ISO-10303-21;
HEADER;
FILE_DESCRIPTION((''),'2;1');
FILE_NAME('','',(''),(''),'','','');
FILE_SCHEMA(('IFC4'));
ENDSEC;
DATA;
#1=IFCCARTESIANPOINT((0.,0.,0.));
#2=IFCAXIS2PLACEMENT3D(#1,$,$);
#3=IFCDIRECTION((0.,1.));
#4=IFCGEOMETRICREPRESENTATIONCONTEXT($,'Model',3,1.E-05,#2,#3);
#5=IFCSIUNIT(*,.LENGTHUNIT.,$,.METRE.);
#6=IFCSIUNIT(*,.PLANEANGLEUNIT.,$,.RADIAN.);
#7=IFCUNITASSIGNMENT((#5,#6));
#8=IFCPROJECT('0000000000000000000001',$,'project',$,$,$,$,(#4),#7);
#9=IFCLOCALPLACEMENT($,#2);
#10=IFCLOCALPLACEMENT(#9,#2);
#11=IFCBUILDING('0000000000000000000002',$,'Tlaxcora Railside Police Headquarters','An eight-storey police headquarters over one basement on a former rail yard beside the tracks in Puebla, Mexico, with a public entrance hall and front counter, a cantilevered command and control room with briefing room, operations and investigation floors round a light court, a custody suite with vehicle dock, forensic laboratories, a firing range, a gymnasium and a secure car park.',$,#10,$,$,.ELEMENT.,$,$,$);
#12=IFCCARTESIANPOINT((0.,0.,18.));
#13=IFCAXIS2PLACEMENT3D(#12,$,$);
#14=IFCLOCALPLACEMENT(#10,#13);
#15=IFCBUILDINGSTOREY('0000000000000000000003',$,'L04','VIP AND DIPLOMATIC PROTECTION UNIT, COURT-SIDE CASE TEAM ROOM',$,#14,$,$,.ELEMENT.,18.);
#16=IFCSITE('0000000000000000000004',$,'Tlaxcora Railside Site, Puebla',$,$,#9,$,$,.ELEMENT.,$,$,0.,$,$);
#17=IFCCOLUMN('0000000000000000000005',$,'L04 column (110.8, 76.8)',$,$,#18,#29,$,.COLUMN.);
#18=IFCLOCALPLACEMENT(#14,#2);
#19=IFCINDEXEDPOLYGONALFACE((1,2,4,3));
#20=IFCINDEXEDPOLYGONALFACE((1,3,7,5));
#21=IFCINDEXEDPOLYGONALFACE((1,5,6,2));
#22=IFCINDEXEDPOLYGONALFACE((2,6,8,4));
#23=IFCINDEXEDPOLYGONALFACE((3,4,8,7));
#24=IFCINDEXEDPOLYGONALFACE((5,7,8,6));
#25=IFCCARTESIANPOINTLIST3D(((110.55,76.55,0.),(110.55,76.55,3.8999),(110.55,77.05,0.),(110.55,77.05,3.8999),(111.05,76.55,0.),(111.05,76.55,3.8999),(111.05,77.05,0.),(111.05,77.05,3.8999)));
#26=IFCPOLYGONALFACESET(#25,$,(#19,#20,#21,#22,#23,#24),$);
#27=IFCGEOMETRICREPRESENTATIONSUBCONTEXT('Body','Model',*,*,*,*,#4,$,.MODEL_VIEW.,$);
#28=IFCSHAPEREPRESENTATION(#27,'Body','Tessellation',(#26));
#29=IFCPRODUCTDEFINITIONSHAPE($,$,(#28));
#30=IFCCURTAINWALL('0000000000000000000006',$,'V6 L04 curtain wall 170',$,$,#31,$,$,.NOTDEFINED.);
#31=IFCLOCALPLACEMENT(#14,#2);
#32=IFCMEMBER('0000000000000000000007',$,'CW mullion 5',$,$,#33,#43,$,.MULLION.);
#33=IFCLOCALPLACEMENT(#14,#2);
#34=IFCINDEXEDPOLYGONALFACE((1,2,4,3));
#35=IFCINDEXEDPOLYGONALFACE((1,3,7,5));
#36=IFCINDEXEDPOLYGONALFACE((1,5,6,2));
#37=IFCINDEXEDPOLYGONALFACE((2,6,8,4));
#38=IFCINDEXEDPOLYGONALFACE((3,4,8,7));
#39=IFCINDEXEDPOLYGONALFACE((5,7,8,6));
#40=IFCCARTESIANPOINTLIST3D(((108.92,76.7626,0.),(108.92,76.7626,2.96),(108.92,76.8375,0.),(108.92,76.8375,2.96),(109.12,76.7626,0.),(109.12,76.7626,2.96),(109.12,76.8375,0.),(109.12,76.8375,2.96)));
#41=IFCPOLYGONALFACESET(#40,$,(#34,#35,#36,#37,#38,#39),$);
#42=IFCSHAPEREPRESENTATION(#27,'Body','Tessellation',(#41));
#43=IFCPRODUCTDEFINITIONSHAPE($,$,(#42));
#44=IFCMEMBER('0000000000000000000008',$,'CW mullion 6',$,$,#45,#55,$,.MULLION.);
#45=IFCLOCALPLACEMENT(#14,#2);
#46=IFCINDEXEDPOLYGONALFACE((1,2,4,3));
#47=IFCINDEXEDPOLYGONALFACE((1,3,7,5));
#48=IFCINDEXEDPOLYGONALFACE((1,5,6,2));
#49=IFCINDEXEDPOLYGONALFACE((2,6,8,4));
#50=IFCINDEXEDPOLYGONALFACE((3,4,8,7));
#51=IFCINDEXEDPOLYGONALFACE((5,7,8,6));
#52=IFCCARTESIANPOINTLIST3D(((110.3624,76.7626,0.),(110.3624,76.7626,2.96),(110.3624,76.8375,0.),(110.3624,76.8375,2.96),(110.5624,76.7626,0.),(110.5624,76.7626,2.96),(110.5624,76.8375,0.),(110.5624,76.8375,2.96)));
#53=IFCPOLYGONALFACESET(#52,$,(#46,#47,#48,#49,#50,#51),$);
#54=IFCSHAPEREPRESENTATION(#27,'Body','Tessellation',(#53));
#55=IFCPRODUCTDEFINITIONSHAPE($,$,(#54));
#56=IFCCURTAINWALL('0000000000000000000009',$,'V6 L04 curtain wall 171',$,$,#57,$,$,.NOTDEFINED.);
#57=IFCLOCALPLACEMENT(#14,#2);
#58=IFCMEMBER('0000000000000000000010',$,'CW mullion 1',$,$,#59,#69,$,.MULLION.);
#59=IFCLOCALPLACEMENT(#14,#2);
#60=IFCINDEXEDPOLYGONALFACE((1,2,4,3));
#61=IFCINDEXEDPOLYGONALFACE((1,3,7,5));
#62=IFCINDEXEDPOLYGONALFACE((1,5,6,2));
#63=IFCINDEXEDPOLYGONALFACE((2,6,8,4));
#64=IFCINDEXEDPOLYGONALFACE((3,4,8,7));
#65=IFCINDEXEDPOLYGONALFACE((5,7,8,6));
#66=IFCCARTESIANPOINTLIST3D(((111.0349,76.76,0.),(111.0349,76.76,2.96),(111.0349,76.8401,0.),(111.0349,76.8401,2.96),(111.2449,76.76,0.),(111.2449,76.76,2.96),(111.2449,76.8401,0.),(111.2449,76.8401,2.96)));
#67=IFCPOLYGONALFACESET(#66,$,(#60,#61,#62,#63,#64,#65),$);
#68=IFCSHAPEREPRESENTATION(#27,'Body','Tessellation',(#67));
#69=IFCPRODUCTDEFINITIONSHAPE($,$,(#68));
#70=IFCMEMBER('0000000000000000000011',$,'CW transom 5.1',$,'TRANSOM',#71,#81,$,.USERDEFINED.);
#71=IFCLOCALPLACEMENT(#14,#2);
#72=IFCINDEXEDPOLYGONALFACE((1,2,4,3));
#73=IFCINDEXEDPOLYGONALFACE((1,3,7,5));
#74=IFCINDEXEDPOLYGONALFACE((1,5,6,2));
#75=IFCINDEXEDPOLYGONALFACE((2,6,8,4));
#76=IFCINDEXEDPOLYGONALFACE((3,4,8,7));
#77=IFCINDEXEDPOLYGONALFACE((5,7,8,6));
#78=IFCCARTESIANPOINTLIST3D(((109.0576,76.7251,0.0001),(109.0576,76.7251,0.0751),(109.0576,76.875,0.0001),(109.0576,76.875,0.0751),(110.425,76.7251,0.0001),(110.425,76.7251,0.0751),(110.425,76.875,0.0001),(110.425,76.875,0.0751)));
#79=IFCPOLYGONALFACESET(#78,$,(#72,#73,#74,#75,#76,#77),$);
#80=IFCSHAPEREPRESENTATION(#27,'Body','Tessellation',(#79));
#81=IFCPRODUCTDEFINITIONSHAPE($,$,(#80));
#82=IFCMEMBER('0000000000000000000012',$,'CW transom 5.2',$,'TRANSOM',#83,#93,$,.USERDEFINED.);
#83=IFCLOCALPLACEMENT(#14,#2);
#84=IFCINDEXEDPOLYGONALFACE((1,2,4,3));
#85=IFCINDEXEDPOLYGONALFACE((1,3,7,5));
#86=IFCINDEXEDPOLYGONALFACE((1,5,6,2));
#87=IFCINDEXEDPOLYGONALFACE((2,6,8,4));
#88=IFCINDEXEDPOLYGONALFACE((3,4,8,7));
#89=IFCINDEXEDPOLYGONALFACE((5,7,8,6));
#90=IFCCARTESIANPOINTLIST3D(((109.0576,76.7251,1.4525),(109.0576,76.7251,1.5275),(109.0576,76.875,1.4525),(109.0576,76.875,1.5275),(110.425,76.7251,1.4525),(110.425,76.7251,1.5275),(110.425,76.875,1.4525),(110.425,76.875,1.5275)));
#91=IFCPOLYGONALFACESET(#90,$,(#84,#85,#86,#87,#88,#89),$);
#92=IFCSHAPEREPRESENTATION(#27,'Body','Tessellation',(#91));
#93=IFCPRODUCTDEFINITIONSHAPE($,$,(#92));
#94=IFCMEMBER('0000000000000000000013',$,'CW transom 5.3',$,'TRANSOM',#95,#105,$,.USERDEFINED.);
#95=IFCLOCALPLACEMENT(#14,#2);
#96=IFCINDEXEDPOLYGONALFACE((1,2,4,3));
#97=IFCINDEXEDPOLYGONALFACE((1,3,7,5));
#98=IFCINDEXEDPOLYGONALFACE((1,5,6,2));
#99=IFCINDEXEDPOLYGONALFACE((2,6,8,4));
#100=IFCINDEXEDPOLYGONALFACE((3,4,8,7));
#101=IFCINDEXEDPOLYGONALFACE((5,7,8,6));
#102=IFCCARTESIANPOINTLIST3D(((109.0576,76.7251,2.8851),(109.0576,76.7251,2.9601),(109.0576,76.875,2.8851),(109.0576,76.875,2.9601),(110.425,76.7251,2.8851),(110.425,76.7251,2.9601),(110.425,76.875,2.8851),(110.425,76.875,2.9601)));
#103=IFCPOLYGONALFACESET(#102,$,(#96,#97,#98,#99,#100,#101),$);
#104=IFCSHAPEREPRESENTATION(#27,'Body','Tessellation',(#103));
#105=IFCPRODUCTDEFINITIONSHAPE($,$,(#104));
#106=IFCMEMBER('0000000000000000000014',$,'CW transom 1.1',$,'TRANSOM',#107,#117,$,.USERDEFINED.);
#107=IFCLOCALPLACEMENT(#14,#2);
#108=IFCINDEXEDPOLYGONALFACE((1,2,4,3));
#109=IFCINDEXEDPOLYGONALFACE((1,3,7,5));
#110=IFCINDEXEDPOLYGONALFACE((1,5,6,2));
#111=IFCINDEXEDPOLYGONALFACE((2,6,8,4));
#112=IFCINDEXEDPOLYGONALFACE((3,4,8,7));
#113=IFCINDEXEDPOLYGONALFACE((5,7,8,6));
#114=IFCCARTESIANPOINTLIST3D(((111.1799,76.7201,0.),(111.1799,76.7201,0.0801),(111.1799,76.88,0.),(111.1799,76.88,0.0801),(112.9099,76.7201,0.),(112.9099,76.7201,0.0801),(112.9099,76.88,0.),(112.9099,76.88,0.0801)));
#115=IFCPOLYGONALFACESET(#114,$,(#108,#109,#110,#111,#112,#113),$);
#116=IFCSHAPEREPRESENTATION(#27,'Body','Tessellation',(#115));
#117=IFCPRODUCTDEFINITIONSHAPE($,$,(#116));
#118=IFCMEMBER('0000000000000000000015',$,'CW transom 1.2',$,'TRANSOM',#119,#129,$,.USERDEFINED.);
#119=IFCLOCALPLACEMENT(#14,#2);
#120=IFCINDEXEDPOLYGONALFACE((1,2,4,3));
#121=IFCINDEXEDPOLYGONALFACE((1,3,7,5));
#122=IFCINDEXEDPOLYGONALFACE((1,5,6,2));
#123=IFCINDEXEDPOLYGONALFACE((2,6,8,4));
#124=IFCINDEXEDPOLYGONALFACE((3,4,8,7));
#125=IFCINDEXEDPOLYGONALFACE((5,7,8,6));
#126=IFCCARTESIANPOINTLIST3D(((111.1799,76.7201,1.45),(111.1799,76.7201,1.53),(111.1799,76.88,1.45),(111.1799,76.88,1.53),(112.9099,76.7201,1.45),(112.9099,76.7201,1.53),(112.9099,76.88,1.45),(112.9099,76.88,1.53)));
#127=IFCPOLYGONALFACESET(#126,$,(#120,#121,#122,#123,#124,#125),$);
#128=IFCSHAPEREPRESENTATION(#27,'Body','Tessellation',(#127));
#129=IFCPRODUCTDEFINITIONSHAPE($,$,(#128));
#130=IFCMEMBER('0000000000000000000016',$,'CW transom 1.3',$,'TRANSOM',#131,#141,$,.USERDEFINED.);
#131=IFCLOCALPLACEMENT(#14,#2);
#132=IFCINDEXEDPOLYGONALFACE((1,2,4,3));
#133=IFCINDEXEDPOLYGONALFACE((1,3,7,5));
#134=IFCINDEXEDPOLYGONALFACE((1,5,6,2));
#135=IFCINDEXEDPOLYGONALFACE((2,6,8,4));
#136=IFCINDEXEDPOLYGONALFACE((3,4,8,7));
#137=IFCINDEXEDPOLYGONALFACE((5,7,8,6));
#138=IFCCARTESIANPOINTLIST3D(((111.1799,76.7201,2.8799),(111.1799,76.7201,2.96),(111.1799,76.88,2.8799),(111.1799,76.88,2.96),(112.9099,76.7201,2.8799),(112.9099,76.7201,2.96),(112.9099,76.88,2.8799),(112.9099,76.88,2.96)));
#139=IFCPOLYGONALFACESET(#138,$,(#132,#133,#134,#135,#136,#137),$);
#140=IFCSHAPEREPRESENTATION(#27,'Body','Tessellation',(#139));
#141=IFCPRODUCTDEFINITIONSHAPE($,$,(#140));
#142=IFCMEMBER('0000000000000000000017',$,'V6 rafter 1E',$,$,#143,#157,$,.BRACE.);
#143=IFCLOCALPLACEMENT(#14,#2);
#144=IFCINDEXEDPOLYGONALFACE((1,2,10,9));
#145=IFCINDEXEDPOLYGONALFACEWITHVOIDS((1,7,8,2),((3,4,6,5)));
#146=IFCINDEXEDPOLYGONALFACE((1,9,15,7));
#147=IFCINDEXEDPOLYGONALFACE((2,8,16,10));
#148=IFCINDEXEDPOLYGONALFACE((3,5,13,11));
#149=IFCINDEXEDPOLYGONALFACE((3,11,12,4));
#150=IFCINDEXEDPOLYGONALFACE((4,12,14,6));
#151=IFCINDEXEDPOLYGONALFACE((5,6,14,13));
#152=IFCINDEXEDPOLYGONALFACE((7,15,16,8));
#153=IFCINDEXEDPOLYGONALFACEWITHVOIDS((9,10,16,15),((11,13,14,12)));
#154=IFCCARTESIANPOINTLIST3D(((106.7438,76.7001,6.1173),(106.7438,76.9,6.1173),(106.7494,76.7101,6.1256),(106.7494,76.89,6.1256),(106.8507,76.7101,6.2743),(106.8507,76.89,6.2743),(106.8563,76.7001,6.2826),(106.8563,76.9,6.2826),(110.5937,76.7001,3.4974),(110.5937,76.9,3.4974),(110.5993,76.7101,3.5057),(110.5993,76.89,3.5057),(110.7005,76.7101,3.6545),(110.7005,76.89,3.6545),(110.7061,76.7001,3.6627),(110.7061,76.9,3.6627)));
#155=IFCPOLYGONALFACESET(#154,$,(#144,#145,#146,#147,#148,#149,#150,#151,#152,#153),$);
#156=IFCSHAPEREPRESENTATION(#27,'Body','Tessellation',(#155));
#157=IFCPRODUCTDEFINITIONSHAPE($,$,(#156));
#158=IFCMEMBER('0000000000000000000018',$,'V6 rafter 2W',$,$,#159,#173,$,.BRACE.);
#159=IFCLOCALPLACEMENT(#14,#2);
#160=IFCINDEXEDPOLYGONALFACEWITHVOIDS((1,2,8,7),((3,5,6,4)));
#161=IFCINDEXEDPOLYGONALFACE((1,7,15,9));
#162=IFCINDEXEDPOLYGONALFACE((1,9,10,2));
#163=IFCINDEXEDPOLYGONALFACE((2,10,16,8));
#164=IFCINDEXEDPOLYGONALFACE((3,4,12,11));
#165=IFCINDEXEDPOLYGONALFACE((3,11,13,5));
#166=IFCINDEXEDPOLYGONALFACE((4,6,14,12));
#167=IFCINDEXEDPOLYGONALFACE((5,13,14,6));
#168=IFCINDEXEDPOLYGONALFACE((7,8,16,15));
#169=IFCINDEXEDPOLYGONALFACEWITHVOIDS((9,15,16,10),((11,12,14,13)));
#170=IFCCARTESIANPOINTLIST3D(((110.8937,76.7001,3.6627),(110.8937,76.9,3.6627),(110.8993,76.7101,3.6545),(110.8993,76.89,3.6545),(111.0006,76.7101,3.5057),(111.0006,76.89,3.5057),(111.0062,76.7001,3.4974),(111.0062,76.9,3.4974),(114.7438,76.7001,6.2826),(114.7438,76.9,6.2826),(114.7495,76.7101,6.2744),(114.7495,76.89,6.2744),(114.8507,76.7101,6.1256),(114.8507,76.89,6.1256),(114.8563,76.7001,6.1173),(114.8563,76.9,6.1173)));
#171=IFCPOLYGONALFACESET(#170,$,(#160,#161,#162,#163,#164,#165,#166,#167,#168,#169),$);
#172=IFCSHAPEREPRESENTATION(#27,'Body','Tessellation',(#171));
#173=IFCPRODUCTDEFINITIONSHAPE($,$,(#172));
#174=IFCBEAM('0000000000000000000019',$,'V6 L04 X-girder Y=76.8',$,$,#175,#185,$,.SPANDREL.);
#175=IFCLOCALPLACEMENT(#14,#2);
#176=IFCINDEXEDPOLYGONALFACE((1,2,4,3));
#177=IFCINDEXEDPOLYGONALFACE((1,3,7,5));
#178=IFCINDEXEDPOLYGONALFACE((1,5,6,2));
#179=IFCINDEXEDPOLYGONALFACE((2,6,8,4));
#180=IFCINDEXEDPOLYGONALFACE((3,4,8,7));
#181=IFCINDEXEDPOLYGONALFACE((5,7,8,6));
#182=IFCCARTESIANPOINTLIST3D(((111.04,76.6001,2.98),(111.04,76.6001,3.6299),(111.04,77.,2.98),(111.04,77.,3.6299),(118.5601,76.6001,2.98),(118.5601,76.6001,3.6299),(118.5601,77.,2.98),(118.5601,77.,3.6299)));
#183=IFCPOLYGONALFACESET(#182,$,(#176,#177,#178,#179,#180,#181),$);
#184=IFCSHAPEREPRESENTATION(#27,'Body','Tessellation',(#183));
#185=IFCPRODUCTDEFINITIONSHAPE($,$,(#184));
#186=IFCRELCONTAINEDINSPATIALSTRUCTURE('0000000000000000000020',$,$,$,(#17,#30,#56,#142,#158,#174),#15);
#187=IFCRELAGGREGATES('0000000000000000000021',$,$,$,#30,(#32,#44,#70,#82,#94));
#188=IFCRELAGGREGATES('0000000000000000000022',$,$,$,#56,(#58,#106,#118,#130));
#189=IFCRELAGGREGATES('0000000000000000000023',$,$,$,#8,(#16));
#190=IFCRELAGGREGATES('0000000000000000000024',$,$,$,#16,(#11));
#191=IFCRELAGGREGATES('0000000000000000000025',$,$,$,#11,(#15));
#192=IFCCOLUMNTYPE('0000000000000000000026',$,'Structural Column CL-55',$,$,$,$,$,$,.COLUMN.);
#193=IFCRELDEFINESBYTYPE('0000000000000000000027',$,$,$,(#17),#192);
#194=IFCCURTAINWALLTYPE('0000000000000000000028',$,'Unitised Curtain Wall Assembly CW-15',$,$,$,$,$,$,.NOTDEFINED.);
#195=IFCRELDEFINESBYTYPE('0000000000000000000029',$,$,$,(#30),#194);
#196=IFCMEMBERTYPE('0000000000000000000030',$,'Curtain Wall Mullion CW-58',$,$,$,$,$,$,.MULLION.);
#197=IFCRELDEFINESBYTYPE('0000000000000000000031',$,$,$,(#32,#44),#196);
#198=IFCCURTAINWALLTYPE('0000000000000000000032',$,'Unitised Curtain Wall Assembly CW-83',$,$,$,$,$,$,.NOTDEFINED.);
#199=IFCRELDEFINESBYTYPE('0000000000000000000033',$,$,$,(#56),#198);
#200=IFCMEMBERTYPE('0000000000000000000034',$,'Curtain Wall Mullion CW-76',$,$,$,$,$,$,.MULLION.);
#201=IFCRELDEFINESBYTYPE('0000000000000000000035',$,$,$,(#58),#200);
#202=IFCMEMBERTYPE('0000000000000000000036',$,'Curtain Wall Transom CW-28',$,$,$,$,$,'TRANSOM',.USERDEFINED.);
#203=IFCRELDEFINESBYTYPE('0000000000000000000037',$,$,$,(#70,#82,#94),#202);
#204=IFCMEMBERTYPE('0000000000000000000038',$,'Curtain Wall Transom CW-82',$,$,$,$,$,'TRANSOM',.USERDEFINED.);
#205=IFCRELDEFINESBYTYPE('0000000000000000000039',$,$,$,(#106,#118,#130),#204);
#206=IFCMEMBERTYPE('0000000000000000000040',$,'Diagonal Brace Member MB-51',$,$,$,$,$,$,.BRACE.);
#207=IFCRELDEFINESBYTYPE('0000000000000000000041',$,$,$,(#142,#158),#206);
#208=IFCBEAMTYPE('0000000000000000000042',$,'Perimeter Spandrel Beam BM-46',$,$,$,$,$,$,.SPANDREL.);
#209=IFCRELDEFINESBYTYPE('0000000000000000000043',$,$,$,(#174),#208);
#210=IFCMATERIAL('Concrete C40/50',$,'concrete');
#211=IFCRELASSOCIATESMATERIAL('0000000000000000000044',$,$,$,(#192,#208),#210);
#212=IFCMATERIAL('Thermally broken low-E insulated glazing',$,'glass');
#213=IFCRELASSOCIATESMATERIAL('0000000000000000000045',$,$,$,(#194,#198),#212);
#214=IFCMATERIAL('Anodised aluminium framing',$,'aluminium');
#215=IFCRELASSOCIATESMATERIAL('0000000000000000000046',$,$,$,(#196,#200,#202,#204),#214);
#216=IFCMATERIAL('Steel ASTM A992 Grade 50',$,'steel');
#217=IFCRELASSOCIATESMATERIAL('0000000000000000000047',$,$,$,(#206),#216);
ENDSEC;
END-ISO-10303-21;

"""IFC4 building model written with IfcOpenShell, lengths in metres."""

from ifc_helpers import new_model, si_unit, direction, frame, origin, origin_2d, place, context, subcontext, project, spatial, rectangle, hollow_rectangle, extrude, material, material_profile, profile_set, type_object, element, aggregate, save


model = new_model("IFC4")

# Units and contexts
model_context = context("Model", 3, precision=1e-05, world=origin(), true_north=direction((0.0, 1.0)))
body_context = subcontext(model_context, "Body", "Model", "MODEL_VIEW")
ifc_project = project(units=[si_unit("LENGTHUNIT", "METRE"), si_unit("PLANEANGLEUNIT", "RADIAN")], contexts=[model_context])

# Site, building, storey
site_placement = place(None, origin())
site = spatial("IfcSite", under=ifc_project, at=site_placement, Name="Tlaxcora Railside Site, Puebla", CompositionType="ELEMENT", RefElevation=0.0)
building_placement = place(site_placement, origin())
building = spatial("IfcBuilding", under=site, at=building_placement, Name="Tlaxcora Railside Police Headquarters", Description="An eight-storey police headquarters over one basement on a former rail yard beside the tracks in Puebla, Mexico, with a public entrance hall and front counter, a cantilevered command and control room with briefing room, operations and investigation floors round a light court, a custody suite with vehicle dock, forensic laboratories, a firing range, a gymnasium and a secure car park.", CompositionType="ELEMENT")
storey_placement = place(building_placement, frame((0.0, 0.0, 18.0)))
storey = spatial("IfcBuildingStorey", under=building, at=storey_placement, Name="L04", Description="VIP AND DIPLOMATIC PROTECTION UNIT, COURT-SIDE CASE TEAM ROOM", CompositionType="ELEMENT", Elevation=18.0)

# Column
ifc_material_1 = material(Name="Concrete C40/50", Category="concrete")
ifc_material_profile_1 = material_profile(ifc_material_1, rectangle(XDim=0.5, YDim=0.5, at=origin_2d()), Name="RC500X500")
ifc_profile_set_1 = profile_set([ifc_material_profile_1], Name="Concrete C40/50")
column_type = type_object("IfcColumnType", Name="Structural Column CL-55", PredefinedType="COLUMN", material=ifc_profile_set_1)
column_placement = place(storey_placement, frame((110.8, 76.8, 0.0), z_axis=(0.0, 0.0, 1.0), x_axis=(1.0, 0.0, 0.0)))
element("IfcColumn", 1, at=column_placement, inside=storey, type_object=column_type, Name="L04 column (110.8, 76.8)", PredefinedType="COLUMN", context=body_context, shape_type="SweptSolid", body=[
    extrude(rectangle(XDim=0.5, YDim=0.5, at=origin_2d()), origin(), (0.0, 0.0, 1.0), 3.8999),
])

# Curtain wall, members
ifc_material_2 = material(Name="Thermally broken low-E insulated glazing", Category="glass")
curtain_wall_type_1 = type_object("IfcCurtainWallType", Name="Unitised Curtain Wall Assembly CW-15", PredefinedType="NOTDEFINED", material=ifc_material_2)
curtain_wall_1_placement = place(storey_placement, origin())
curtain_wall_1 = element("IfcCurtainWall", 2, at=curtain_wall_1_placement, inside=storey, type_object=curtain_wall_type_1, Name="V6 L04 curtain wall 170", PredefinedType="NOTDEFINED")
ifc_material_3 = material(Name="Anodised aluminium framing", Category="aluminium")
ifc_material_profile_2 = material_profile(ifc_material_3, rectangle(XDim=0.075, YDim=0.2, at=origin_2d()), Name="AL75X200")
ifc_profile_set_2 = profile_set([ifc_material_profile_2], Name="Anodised aluminium framing")
member_type_1 = type_object("IfcMemberType", Name="Curtain Wall Mullion CW-58", PredefinedType="MULLION", material=ifc_profile_set_2)
member_1_placement = place(storey_placement, frame((109.02, 76.8, 0.0), z_axis=(0.0, 0.0, 1.0), x_axis=(0.0, 1.0, 0.0)))
member_1 = element("IfcMember", 3, at=member_1_placement, type_object=member_type_1, Name="CW mullion 5", PredefinedType="MULLION", context=body_context, shape_type="SweptSolid", body=[
    extrude(rectangle(XDim=0.075, YDim=0.2, at=origin_2d()), origin(), (0.0, 0.0, 1.0), 2.96),
])
member_2_placement = place(storey_placement, frame((110.4624, 76.8, 0.0), z_axis=(0.0, 0.0, 1.0), x_axis=(0.0, 1.0, 0.0)))
member_2 = element("IfcMember", 4, at=member_2_placement, type_object=member_type_1, Name="CW mullion 6", PredefinedType="MULLION", context=body_context, shape_type="SweptSolid", body=[
    extrude(rectangle(XDim=0.075, YDim=0.2, at=origin_2d()), origin(), (0.0, 0.0, 1.0), 2.96),
])

# Curtain wall, member
curtain_wall_type_2 = type_object("IfcCurtainWallType", Name="Unitised Curtain Wall Assembly CW-83", PredefinedType="NOTDEFINED", material=ifc_material_2)
curtain_wall_2_placement = place(storey_placement, origin())
curtain_wall_2 = element("IfcCurtainWall", 5, at=curtain_wall_2_placement, inside=storey, type_object=curtain_wall_type_2, Name="V6 L04 curtain wall 171", PredefinedType="NOTDEFINED")
ifc_material_profile_3 = material_profile(ifc_material_3, rectangle(XDim=0.0801, YDim=0.21, at=origin_2d()), Name="AL80X210")
ifc_profile_set_3 = profile_set([ifc_material_profile_3], Name="Anodised aluminium framing")
member_type_2 = type_object("IfcMemberType", Name="Curtain Wall Mullion CW-76", PredefinedType="MULLION", material=ifc_profile_set_3)
member_3_placement = place(storey_placement, frame((111.1399, 76.8, 0.0), z_axis=(0.0, 0.0, 1.0), x_axis=(0.0, 1.0, 0.0)))
member_3 = element("IfcMember", 6, at=member_3_placement, type_object=member_type_2, Name="CW mullion 1", PredefinedType="MULLION", context=body_context, shape_type="SweptSolid", body=[
    extrude(rectangle(XDim=0.0801, YDim=0.21, at=origin_2d()), origin(), (0.0, 0.0, 1.0), 2.96),
])

# Members
ifc_material_profile_4 = material_profile(ifc_material_3, rectangle(XDim=0.1499, YDim=0.075, at=origin_2d()), Name="AL75X150")
ifc_profile_set_4 = profile_set([ifc_material_profile_4], Name="Anodised aluminium framing")
member_type_3 = type_object("IfcMemberType", Name="Curtain Wall Transom CW-28", ElementType="TRANSOM", PredefinedType="USERDEFINED", material=ifc_profile_set_4)
member_4_placement = place(storey_placement, frame((109.0576, 76.8, 0.0376), z_axis=(1.0, 0.0, 0.0), x_axis=(0.0, 1.0, 0.0)))
member_4 = element("IfcMember", 7, at=member_4_placement, type_object=member_type_3, Name="CW transom 5.1", ObjectType="TRANSOM", PredefinedType="USERDEFINED", context=body_context, shape_type="SweptSolid", body=[
    extrude(rectangle(XDim=0.1499, YDim=0.075, at=origin_2d()), origin(), (0.0, 0.0, 1.0), 1.3674),
])
member_5_placement = place(storey_placement, frame((109.0576, 76.8, 1.49), z_axis=(1.0, 0.0, 0.0), x_axis=(0.0, 1.0, 0.0)))
member_5 = element("IfcMember", 8, at=member_5_placement, type_object=member_type_3, Name="CW transom 5.2", ObjectType="TRANSOM", PredefinedType="USERDEFINED", context=body_context, shape_type="SweptSolid", body=[
    extrude(rectangle(XDim=0.1499, YDim=0.075, at=origin_2d()), origin(), (0.0, 0.0, 1.0), 1.3674),
])
member_6_placement = place(storey_placement, frame((109.0576, 76.8, 2.9226), z_axis=(1.0, 0.0, 0.0), x_axis=(0.0, 1.0, 0.0)))
member_6 = element("IfcMember", 9, at=member_6_placement, type_object=member_type_3, Name="CW transom 5.3", ObjectType="TRANSOM", PredefinedType="USERDEFINED", context=body_context, shape_type="SweptSolid", body=[
    extrude(rectangle(XDim=0.1499, YDim=0.075, at=origin_2d()), origin(), (0.0, 0.0, 1.0), 1.3674),
])
ifc_material_profile_5 = material_profile(ifc_material_3, rectangle(XDim=0.1599, YDim=0.0801, at=origin_2d()), Name="AL80X160")
ifc_profile_set_5 = profile_set([ifc_material_profile_5], Name="Anodised aluminium framing")
member_type_4 = type_object("IfcMemberType", Name="Curtain Wall Transom CW-82", ElementType="TRANSOM", PredefinedType="USERDEFINED", material=ifc_profile_set_5)
member_7_placement = place(storey_placement, frame((111.1799, 76.8, 0.04), z_axis=(1.0, 0.0, 0.0), x_axis=(0.0, 1.0, 0.0)))
member_7 = element("IfcMember", 10, at=member_7_placement, type_object=member_type_4, Name="CW transom 1.1", ObjectType="TRANSOM", PredefinedType="USERDEFINED", context=body_context, shape_type="SweptSolid", body=[
    extrude(rectangle(XDim=0.1599, YDim=0.0801, at=origin_2d()), origin(), (0.0, 0.0, 1.0), 1.73),
])
member_8_placement = place(storey_placement, frame((111.1799, 76.8, 1.49), z_axis=(1.0, 0.0, 0.0), x_axis=(0.0, 1.0, 0.0)))
member_8 = element("IfcMember", 11, at=member_8_placement, type_object=member_type_4, Name="CW transom 1.2", ObjectType="TRANSOM", PredefinedType="USERDEFINED", context=body_context, shape_type="SweptSolid", body=[
    extrude(rectangle(XDim=0.1599, YDim=0.0801, at=origin_2d()), origin(), (0.0, 0.0, 1.0), 1.73),
])
member_9_placement = place(storey_placement, frame((111.1799, 76.8, 2.9199), z_axis=(1.0, 0.0, 0.0), x_axis=(0.0, 1.0, 0.0)))
member_9 = element("IfcMember", 12, at=member_9_placement, type_object=member_type_4, Name="CW transom 1.3", ObjectType="TRANSOM", PredefinedType="USERDEFINED", context=body_context, shape_type="SweptSolid", body=[
    extrude(rectangle(XDim=0.1599, YDim=0.0801, at=origin_2d()), origin(), (0.0, 0.0, 1.0), 1.73),
])

# Members
ifc_material_4 = material(Name="Steel ASTM A992 Grade 50", Category="steel")
ifc_material_profile_6 = material_profile(ifc_material_4, hollow_rectangle(XDim=0.2, YDim=0.2, WallThickness=0.01, at=origin_2d()), Name="HSS200X200X10")
ifc_profile_set_6 = profile_set([ifc_material_profile_6], Name="Steel ASTM A992 Grade 50")
member_type_5 = type_object("IfcMemberType", Name="Diagonal Brace Member MB-51", PredefinedType="BRACE", material=ifc_profile_set_6)
member_10_placement = place(storey_placement, frame((110.6499, 76.8, 3.5801), z_axis=(-0.826729, 0.0, 0.5626), x_axis=(0.0, -1.0, 0.0)))
element("IfcMember", 13, at=member_10_placement, inside=storey, type_object=member_type_5, Name="V6 rafter 1E", PredefinedType="BRACE", context=body_context, shape_type="SweptSolid", body=[
    extrude(hollow_rectangle(XDim=0.2, YDim=0.2, WallThickness=0.01, at=origin_2d()), origin(), (0.0, 0.0, 1.0), 4.6567),
])
member_11_placement = place(storey_placement, frame((110.95, 76.8, 3.5801), z_axis=(0.826746, 0.0, 0.562575), x_axis=(0.0, 1.0, 0.0)))
element("IfcMember", 14, at=member_11_placement, inside=storey, type_object=member_type_5, Name="V6 rafter 2W", PredefinedType="BRACE", context=body_context, shape_type="SweptSolid", body=[
    extrude(hollow_rectangle(XDim=0.2, YDim=0.2, WallThickness=0.01, at=origin_2d()), origin(), (0.0, 0.0, 1.0), 4.657),
])

# Beam
ifc_material_profile_7 = material_profile(ifc_material_1, rectangle(XDim=0.3999, YDim=0.6499, at=origin_2d()), Name="RC400X650")
ifc_profile_set_7 = profile_set([ifc_material_profile_7], Name="Concrete C40/50")
beam_type = type_object("IfcBeamType", Name="Perimeter Spandrel Beam BM-46", PredefinedType="SPANDREL", material=ifc_profile_set_7)
beam_placement = place(storey_placement, frame((111.04, 76.8, 3.3049), z_axis=(1.0, 0.0, 0.0), x_axis=(0.0, 1.0, 0.0)))
element("IfcBeam", 15, at=beam_placement, inside=storey, type_object=beam_type, Name="V6 L04 X-girder Y=76.8", PredefinedType="SPANDREL", context=body_context, shape_type="SweptSolid", body=[
    extrude(rectangle(XDim=0.3999, YDim=0.6499, at=origin_2d()), origin(), (0.0, 0.0, 1.0), 7.52),
])

aggregate(curtain_wall_1, [member_1, member_2, member_4, member_5, member_6])
aggregate(curtain_wall_2, [member_3, member_7, member_8, member_9])

save(model, "model.ifc")
